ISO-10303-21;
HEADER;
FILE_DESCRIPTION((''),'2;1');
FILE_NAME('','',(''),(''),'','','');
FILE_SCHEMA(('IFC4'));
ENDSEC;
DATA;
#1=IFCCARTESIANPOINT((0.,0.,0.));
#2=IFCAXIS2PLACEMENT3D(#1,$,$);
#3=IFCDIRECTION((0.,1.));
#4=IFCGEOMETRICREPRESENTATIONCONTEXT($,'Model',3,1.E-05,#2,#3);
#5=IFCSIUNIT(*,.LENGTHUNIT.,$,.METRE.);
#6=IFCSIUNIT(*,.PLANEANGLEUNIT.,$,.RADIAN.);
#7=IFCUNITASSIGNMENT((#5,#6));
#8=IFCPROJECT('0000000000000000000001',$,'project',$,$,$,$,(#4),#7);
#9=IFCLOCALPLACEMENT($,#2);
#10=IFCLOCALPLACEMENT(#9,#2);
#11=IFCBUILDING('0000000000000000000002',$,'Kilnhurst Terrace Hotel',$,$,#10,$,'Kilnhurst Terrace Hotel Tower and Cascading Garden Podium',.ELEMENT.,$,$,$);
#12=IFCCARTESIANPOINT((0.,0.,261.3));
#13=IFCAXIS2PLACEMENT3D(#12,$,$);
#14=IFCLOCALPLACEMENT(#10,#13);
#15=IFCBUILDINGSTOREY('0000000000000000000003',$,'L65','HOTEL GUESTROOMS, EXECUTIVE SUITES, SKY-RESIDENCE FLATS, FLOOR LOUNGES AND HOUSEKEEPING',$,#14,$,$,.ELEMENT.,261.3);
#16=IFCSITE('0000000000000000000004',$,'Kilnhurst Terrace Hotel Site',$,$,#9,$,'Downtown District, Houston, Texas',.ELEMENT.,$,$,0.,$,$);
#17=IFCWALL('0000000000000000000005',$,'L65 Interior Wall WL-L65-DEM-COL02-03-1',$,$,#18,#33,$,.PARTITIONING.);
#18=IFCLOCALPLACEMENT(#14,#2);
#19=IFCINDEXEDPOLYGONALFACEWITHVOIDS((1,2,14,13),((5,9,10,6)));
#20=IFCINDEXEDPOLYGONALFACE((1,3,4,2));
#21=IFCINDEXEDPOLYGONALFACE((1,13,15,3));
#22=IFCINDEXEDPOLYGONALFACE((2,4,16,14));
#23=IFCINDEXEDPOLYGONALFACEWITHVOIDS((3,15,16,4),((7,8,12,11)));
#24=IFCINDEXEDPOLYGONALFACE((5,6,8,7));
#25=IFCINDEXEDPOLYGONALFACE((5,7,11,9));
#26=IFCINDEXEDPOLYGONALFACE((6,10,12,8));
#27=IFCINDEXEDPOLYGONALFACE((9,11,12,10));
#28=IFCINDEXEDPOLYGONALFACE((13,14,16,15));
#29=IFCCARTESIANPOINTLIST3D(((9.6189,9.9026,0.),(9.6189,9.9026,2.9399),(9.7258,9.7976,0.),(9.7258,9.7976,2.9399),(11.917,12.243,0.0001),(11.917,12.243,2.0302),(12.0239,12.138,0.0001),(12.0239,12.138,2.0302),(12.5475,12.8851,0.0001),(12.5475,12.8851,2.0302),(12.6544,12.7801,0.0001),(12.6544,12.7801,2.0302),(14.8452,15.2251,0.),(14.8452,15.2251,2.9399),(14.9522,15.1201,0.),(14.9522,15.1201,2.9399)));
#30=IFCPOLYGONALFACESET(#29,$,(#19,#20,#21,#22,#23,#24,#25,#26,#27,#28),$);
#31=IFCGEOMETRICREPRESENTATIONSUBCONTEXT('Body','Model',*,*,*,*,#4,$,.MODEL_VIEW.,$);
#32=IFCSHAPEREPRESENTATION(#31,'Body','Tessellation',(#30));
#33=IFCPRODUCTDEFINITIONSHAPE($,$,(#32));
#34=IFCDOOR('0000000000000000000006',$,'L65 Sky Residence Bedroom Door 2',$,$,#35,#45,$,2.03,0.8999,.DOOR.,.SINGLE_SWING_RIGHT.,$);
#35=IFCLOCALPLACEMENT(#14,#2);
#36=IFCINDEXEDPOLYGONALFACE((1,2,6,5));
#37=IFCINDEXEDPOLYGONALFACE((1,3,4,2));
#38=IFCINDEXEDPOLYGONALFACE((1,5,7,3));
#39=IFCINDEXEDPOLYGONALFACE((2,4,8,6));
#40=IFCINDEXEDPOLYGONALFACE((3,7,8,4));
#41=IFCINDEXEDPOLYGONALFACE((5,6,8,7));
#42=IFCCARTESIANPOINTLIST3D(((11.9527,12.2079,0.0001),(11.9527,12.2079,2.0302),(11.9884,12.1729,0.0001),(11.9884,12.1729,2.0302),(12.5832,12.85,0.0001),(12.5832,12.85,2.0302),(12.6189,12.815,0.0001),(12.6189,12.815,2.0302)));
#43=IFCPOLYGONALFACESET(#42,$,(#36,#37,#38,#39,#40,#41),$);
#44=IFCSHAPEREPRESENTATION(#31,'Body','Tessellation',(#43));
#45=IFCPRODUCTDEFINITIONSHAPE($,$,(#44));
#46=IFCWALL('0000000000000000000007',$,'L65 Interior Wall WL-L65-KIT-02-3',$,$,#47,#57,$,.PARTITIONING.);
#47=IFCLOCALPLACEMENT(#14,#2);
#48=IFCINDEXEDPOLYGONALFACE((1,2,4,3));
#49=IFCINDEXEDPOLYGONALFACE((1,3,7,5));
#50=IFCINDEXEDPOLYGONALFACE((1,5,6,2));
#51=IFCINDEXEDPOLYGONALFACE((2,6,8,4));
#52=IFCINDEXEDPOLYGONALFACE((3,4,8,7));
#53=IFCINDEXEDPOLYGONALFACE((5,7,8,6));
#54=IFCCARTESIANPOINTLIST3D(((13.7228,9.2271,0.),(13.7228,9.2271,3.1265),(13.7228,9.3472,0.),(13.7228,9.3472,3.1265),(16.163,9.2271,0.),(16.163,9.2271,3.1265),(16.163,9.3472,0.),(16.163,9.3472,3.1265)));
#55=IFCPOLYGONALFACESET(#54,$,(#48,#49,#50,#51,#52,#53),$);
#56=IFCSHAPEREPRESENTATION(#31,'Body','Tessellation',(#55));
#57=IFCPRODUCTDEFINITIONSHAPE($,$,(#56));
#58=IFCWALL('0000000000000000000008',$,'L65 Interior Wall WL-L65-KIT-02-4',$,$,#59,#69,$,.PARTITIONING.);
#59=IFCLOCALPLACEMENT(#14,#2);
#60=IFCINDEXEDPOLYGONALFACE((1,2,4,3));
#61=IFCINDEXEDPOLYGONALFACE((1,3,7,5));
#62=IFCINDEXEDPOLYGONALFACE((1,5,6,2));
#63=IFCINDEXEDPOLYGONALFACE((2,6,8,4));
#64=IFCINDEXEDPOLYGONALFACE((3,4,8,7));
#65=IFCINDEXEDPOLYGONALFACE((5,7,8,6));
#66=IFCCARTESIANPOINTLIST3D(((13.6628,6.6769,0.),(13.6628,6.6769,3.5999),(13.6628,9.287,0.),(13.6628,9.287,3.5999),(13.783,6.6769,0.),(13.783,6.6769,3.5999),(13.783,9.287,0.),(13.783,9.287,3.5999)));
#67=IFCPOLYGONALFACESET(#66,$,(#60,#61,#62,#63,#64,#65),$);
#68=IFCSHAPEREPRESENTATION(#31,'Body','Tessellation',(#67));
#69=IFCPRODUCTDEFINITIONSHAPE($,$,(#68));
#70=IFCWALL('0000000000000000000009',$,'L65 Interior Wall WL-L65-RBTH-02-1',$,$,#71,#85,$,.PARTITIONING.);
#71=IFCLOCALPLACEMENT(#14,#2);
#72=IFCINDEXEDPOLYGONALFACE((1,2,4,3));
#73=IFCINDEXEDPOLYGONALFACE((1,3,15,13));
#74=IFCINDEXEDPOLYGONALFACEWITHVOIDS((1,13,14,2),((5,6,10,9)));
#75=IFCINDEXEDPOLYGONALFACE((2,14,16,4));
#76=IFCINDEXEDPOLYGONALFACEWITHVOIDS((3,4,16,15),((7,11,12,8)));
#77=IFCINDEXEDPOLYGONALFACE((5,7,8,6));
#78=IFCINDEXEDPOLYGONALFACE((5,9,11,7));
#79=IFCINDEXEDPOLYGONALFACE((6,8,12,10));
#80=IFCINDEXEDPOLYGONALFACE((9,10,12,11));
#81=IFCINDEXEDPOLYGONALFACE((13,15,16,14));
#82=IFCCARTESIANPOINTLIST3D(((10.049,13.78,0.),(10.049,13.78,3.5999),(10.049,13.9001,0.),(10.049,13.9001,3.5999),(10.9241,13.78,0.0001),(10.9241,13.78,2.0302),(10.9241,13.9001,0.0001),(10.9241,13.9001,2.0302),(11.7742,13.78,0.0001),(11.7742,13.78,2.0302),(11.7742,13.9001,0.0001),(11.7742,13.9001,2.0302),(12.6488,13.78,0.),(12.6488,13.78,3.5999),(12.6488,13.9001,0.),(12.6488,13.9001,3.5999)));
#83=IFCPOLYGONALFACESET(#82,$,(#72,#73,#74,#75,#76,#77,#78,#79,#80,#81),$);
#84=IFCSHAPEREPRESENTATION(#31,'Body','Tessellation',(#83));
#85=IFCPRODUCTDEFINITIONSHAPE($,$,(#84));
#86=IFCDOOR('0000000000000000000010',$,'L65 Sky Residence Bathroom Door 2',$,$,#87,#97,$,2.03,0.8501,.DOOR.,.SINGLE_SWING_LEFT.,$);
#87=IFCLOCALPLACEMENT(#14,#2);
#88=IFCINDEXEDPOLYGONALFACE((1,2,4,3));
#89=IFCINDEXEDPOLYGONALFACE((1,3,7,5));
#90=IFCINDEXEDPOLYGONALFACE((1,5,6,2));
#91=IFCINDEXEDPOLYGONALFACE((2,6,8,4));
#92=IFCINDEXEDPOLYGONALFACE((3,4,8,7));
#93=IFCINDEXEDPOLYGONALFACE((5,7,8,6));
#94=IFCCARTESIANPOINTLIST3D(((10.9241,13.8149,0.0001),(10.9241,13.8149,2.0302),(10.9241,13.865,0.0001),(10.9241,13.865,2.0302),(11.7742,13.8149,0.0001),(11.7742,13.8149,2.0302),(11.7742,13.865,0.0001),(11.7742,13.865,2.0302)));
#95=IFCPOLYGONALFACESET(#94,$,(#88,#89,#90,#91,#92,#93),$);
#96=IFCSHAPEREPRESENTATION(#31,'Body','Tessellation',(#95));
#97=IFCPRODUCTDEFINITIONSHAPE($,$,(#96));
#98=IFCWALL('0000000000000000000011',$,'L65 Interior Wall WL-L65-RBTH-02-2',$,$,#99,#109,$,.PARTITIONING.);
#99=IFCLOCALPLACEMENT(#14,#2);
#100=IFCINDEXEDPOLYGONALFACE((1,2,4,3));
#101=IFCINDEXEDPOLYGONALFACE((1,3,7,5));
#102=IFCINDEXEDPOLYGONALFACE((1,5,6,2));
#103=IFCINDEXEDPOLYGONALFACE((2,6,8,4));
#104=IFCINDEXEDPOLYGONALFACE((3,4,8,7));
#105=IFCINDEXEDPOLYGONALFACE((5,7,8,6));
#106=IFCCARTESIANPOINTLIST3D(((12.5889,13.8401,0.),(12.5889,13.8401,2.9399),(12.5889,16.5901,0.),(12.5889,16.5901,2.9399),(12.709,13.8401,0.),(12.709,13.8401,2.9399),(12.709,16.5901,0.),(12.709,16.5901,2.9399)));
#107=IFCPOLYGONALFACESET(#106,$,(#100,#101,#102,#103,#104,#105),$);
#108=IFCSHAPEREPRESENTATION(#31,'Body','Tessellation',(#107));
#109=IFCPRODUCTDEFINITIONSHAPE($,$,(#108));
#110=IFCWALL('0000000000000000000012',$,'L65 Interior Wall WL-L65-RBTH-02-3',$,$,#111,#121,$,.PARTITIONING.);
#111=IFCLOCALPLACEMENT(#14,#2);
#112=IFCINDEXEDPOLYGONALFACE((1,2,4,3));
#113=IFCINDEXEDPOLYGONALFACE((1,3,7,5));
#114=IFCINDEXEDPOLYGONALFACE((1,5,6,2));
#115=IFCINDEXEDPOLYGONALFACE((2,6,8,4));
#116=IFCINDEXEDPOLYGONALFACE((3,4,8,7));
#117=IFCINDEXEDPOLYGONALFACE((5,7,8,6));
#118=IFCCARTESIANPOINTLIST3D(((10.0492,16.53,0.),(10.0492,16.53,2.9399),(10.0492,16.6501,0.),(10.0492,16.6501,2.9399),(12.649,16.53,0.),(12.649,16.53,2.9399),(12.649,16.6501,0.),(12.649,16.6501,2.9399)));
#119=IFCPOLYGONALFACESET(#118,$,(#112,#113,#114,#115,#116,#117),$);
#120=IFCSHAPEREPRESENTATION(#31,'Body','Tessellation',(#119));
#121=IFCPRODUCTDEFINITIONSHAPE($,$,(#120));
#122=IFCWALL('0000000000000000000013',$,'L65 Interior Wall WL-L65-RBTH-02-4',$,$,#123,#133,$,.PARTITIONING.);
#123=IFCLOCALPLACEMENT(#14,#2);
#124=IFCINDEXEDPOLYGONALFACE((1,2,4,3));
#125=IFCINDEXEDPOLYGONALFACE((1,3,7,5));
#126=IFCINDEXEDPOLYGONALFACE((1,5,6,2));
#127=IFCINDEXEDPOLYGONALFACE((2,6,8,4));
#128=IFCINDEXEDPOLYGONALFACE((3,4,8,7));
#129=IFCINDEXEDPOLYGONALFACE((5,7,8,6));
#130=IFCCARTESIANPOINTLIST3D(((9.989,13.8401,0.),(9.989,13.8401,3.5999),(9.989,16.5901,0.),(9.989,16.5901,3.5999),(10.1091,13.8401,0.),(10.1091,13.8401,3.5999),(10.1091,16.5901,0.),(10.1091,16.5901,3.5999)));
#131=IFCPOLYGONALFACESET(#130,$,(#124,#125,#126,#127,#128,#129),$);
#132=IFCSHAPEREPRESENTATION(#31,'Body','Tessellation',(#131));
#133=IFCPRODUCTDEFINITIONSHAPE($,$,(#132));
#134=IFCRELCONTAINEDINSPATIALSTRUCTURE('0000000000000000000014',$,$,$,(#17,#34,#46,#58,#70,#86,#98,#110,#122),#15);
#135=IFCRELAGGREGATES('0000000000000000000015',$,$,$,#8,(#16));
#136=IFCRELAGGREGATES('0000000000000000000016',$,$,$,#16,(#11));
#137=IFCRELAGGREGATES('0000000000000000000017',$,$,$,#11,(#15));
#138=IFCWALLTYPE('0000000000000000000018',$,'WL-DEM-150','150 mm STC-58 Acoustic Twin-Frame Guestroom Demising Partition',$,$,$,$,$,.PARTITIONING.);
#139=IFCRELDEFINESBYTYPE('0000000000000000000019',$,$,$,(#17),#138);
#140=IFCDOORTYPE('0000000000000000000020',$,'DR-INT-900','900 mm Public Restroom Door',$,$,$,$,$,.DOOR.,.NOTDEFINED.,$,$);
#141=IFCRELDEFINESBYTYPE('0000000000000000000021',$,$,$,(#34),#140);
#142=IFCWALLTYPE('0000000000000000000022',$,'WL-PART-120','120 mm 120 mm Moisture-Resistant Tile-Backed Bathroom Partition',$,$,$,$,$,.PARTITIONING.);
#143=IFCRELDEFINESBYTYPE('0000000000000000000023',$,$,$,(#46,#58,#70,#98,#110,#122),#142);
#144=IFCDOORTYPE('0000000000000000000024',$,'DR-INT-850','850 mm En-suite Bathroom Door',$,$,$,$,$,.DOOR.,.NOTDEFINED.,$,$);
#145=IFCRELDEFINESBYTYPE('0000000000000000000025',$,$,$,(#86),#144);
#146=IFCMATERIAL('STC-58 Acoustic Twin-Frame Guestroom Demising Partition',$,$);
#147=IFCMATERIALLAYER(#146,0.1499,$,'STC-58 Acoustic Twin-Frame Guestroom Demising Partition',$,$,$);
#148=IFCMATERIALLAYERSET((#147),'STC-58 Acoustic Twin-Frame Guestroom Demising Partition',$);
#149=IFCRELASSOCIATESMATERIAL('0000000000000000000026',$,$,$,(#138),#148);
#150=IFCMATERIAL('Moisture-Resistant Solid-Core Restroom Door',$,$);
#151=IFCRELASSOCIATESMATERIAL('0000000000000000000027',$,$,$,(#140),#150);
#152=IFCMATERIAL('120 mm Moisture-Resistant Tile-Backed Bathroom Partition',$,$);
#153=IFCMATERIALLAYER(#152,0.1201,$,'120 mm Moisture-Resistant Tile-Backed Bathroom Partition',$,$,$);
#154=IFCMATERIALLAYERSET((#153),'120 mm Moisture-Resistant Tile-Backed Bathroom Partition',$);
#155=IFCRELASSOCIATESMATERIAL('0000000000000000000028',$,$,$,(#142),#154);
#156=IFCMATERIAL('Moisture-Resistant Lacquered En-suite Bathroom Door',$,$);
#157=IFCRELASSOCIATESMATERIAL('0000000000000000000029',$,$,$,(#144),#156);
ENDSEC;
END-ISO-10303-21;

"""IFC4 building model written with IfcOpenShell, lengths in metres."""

from ifc_helpers import new_model, si_unit, direction, frame, frame_2d, origin, place, context, subcontext, project, spatial, rectangle, extrude, material, layer, layer_set, type_object, element, fill, save


model = new_model("IFC4")

# Units and contexts
model_context = context("Model", 3, precision=1e-05, world=origin(), true_north=direction((0.0, 1.0)))
body_context = subcontext(model_context, "Body", "Model", "MODEL_VIEW")
ifc_project = project(units=[si_unit("LENGTHUNIT", "METRE"), si_unit("PLANEANGLEUNIT", "RADIAN")], contexts=[model_context])

# Site, building, storey
site_placement = place(None, origin())
site = spatial("IfcSite", under=ifc_project, at=site_placement, Name="Kilnhurst Terrace Hotel Site", LongName="Downtown District, Houston, Texas", CompositionType="ELEMENT", RefElevation=0.0)
building_placement = place(site_placement, origin())
building = spatial("IfcBuilding", under=site, at=building_placement, Name="Kilnhurst Terrace Hotel", LongName="Kilnhurst Terrace Hotel Tower and Cascading Garden Podium", CompositionType="ELEMENT")
storey_placement = place(building_placement, frame((0.0, 0.0, 261.3)))
storey = spatial("IfcBuildingStorey", under=building, at=storey_placement, Name="L65", Description="HOTEL GUESTROOMS, EXECUTIVE SUITES, SKY-RESIDENCE FLATS, FLOOR LOUNGES AND HOUSEKEEPING", CompositionType="ELEMENT", Elevation=261.3)

# Wall, opening, door
ifc_material_1 = material(Name="STC-58 Acoustic Twin-Frame Guestroom Demising Partition")
ifc_layer_1 = layer(ifc_material_1, 0.1499, Name="STC-58 Acoustic Twin-Frame Guestroom Demising Partition")
ifc_layer_set_1 = layer_set([ifc_layer_1], Name="STC-58 Acoustic Twin-Frame Guestroom Demising Partition")
wall_type_1 = type_object("IfcWallType", Name="WL-DEM-150", Description="150 mm STC-58 Acoustic Twin-Frame Guestroom Demising Partition", PredefinedType="PARTITIONING", material=ifc_layer_set_1)
wall_1_placement = place(storey_placement, frame((9.6724, 9.8501, 0.0), z_axis=(0.0, 0.0, 1.0), x_axis=(0.70063, 0.713525, 0.0)))
wall_1 = element("IfcWall", 1, at=wall_1_placement, inside=storey, type_object=wall_type_1, Name="L65 Interior Wall WL-L65-DEM-COL02-03-1", PredefinedType="PARTITIONING", context=body_context, shape_type="SweptSolid", body=[
    extrude(rectangle(XDim=7.4595, YDim=0.1499, at=frame_2d((3.7297, 0.0))), origin(), (0.0, 0.0, 1.0), 2.9399),
])
opening_1_placement = place(wall_1_placement, frame((3.28, 0.0, 0.0)))
opening_1 = element("IfcOpeningElement", 2, at=opening_1_placement, cuts=wall_1, PredefinedType="OPENING", context=body_context, shape_type="SweptSolid", body=[
    extrude(rectangle(XDim=0.8999, YDim=2.03, at=frame_2d((0.45, 1.0151))), frame((0.0, 0.085, 0.0), z_axis=(0.0, -1.0, 0.0), x_axis=(1.0, 0.0, 0.0)), (0.0, 0.0, 1.0), 0.1699),
])
ifc_material_2 = material(Name="Moisture-Resistant Solid-Core Restroom Door")
door_type_1 = type_object("IfcDoorType", Name="DR-INT-900", Description="900 mm Public Restroom Door", OperationType="NOTDEFINED", PredefinedType="DOOR", material=ifc_material_2)
door_1_placement = place(opening_1_placement, origin())
door_1 = element("IfcDoor", 3, at=door_1_placement, inside=storey, type_object=door_type_1, Name="L65 Sky Residence Bedroom Door 2", OperationType="SINGLE_SWING_RIGHT", OverallHeight=2.03, OverallWidth=0.8999, PredefinedType="DOOR", context=body_context, shape_type="SweptSolid", body=[
    extrude(rectangle(XDim=0.8999, YDim=2.03, at=frame_2d((0.45, 1.0151))), frame((0.0, 0.0249, 0.0), z_axis=(0.0, -1.0, 0.0), x_axis=(1.0, 0.0, 0.0)), (0.0, 0.0, 1.0), 0.05),
])
fill(opening_1, door_1)

# Walls
ifc_material_3 = material(Name="120 mm Moisture-Resistant Tile-Backed Bathroom Partition")
ifc_layer_2 = layer(ifc_material_3, 0.1201, Name="120 mm Moisture-Resistant Tile-Backed Bathroom Partition")
ifc_layer_set_2 = layer_set([ifc_layer_2], Name="120 mm Moisture-Resistant Tile-Backed Bathroom Partition")
wall_type_2 = type_object("IfcWallType", Name="WL-PART-120", Description="120 mm 120 mm Moisture-Resistant Tile-Backed Bathroom Partition", PredefinedType="PARTITIONING", material=ifc_layer_set_2)
wall_2_placement = place(storey_placement, frame((16.1631, 9.2871, 0.0), z_axis=(0.0, 0.0, 1.0), x_axis=(-1.0, 0.0, 0.0)))
element("IfcWall", 4, at=wall_2_placement, inside=storey, type_object=wall_type_2, Name="L65 Interior Wall WL-L65-KIT-02-3", PredefinedType="PARTITIONING", context=body_context, shape_type="SweptSolid", body=[
    extrude(rectangle(XDim=2.4402, YDim=0.1201, at=frame_2d((1.2202, 0.0))), origin(), (0.0, 0.0, 1.0), 3.1265),
])
wall_3_placement = place(storey_placement, frame((13.7229, 9.2871, 0.0), z_axis=(0.0, 0.0, 1.0), x_axis=(0.0, -1.0, 0.0)))
element("IfcWall", 5, at=wall_3_placement, inside=storey, type_object=wall_type_2, Name="L65 Interior Wall WL-L65-KIT-02-4", PredefinedType="PARTITIONING", context=body_context, shape_type="SweptSolid", body=[
    extrude(rectangle(XDim=2.6101, YDim=0.1201, at=frame_2d((1.3052, 0.0))), origin(), (0.0, 0.0, 1.0), 3.5999),
])

# Wall, opening, door
wall_4_placement = place(storey_placement, frame((10.0491, 13.8401, 0.0), z_axis=(0.0, 0.0, 1.0), x_axis=(1.0, 0.0, 0.0)))
wall_4 = element("IfcWall", 6, at=wall_4_placement, inside=storey, type_object=wall_type_2, Name="L65 Interior Wall WL-L65-RBTH-02-1", PredefinedType="PARTITIONING", context=body_context, shape_type="SweptSolid", body=[
    extrude(rectangle(XDim=2.5999, YDim=0.1201, at=frame_2d((1.2998, 0.0))), origin(), (0.0, 0.0, 1.0), 3.5999),
])
opening_2_placement = place(wall_4_placement, frame((0.875, 0.0, 0.0)))
opening_2 = element("IfcOpeningElement", 7, at=opening_2_placement, cuts=wall_4, PredefinedType="OPENING", context=body_context, shape_type="SweptSolid", body=[
    extrude(rectangle(XDim=0.8501, YDim=2.03, at=frame_2d((0.425, 1.0151))), frame((0.0, 0.0701, 0.0), z_axis=(0.0, -1.0, 0.0), x_axis=(1.0, 0.0, 0.0)), (0.0, 0.0, 1.0), 0.1401),
])
ifc_material_4 = material(Name="Moisture-Resistant Lacquered En-suite Bathroom Door")
door_type_2 = type_object("IfcDoorType", Name="DR-INT-850", Description="850 mm En-suite Bathroom Door", OperationType="NOTDEFINED", PredefinedType="DOOR", material=ifc_material_4)
door_2_placement = place(opening_2_placement, origin())
door_2 = element("IfcDoor", 8, at=door_2_placement, inside=storey, type_object=door_type_2, Name="L65 Sky Residence Bathroom Door 2", OperationType="SINGLE_SWING_LEFT", OverallHeight=2.03, OverallWidth=0.8501, PredefinedType="DOOR", context=body_context, shape_type="SweptSolid", body=[
    extrude(rectangle(XDim=0.8501, YDim=2.03, at=frame_2d((0.425, 1.0151))), frame((0.0, 0.0249, 0.0), z_axis=(0.0, -1.0, 0.0), x_axis=(1.0, 0.0, 0.0)), (0.0, 0.0, 1.0), 0.05),
])
fill(opening_2, door_2)

# Walls
wall_5_placement = place(storey_placement, frame((12.6489, 13.8401, 0.0), z_axis=(0.0, 0.0, 1.0), x_axis=(0.0, 1.0, 0.0)))
element("IfcWall", 9, at=wall_5_placement, inside=storey, type_object=wall_type_2, Name="L65 Interior Wall WL-L65-RBTH-02-2", PredefinedType="PARTITIONING", context=body_context, shape_type="SweptSolid", body=[
    extrude(rectangle(XDim=2.75, YDim=0.1201, at=frame_2d((1.375, 0.0))), origin(), (0.0, 0.0, 1.0), 2.9399),
])
wall_6_placement = place(storey_placement, frame((12.6489, 16.5901, 0.0), z_axis=(0.0, 0.0, 1.0), x_axis=(-1.0, 0.0, 0.0)))
element("IfcWall", 10, at=wall_6_placement, inside=storey, type_object=wall_type_2, Name="L65 Interior Wall WL-L65-RBTH-02-3", PredefinedType="PARTITIONING", context=body_context, shape_type="SweptSolid", body=[
    extrude(rectangle(XDim=2.5999, YDim=0.1201, at=frame_2d((1.2998, 0.0))), origin(), (0.0, 0.0, 1.0), 2.9399),
])
wall_7_placement = place(storey_placement, frame((10.0491, 16.5901, 0.0), z_axis=(0.0, 0.0, 1.0), x_axis=(0.0, -1.0, 0.0)))
element("IfcWall", 11, at=wall_7_placement, inside=storey, type_object=wall_type_2, Name="L65 Interior Wall WL-L65-RBTH-02-4", PredefinedType="PARTITIONING", context=body_context, shape_type="SweptSolid", body=[
    extrude(rectangle(XDim=2.75, YDim=0.1201, at=frame_2d((1.375, 0.0))), origin(), (0.0, 0.0, 1.0), 3.5999),
])

save(model, "model.ifc")
